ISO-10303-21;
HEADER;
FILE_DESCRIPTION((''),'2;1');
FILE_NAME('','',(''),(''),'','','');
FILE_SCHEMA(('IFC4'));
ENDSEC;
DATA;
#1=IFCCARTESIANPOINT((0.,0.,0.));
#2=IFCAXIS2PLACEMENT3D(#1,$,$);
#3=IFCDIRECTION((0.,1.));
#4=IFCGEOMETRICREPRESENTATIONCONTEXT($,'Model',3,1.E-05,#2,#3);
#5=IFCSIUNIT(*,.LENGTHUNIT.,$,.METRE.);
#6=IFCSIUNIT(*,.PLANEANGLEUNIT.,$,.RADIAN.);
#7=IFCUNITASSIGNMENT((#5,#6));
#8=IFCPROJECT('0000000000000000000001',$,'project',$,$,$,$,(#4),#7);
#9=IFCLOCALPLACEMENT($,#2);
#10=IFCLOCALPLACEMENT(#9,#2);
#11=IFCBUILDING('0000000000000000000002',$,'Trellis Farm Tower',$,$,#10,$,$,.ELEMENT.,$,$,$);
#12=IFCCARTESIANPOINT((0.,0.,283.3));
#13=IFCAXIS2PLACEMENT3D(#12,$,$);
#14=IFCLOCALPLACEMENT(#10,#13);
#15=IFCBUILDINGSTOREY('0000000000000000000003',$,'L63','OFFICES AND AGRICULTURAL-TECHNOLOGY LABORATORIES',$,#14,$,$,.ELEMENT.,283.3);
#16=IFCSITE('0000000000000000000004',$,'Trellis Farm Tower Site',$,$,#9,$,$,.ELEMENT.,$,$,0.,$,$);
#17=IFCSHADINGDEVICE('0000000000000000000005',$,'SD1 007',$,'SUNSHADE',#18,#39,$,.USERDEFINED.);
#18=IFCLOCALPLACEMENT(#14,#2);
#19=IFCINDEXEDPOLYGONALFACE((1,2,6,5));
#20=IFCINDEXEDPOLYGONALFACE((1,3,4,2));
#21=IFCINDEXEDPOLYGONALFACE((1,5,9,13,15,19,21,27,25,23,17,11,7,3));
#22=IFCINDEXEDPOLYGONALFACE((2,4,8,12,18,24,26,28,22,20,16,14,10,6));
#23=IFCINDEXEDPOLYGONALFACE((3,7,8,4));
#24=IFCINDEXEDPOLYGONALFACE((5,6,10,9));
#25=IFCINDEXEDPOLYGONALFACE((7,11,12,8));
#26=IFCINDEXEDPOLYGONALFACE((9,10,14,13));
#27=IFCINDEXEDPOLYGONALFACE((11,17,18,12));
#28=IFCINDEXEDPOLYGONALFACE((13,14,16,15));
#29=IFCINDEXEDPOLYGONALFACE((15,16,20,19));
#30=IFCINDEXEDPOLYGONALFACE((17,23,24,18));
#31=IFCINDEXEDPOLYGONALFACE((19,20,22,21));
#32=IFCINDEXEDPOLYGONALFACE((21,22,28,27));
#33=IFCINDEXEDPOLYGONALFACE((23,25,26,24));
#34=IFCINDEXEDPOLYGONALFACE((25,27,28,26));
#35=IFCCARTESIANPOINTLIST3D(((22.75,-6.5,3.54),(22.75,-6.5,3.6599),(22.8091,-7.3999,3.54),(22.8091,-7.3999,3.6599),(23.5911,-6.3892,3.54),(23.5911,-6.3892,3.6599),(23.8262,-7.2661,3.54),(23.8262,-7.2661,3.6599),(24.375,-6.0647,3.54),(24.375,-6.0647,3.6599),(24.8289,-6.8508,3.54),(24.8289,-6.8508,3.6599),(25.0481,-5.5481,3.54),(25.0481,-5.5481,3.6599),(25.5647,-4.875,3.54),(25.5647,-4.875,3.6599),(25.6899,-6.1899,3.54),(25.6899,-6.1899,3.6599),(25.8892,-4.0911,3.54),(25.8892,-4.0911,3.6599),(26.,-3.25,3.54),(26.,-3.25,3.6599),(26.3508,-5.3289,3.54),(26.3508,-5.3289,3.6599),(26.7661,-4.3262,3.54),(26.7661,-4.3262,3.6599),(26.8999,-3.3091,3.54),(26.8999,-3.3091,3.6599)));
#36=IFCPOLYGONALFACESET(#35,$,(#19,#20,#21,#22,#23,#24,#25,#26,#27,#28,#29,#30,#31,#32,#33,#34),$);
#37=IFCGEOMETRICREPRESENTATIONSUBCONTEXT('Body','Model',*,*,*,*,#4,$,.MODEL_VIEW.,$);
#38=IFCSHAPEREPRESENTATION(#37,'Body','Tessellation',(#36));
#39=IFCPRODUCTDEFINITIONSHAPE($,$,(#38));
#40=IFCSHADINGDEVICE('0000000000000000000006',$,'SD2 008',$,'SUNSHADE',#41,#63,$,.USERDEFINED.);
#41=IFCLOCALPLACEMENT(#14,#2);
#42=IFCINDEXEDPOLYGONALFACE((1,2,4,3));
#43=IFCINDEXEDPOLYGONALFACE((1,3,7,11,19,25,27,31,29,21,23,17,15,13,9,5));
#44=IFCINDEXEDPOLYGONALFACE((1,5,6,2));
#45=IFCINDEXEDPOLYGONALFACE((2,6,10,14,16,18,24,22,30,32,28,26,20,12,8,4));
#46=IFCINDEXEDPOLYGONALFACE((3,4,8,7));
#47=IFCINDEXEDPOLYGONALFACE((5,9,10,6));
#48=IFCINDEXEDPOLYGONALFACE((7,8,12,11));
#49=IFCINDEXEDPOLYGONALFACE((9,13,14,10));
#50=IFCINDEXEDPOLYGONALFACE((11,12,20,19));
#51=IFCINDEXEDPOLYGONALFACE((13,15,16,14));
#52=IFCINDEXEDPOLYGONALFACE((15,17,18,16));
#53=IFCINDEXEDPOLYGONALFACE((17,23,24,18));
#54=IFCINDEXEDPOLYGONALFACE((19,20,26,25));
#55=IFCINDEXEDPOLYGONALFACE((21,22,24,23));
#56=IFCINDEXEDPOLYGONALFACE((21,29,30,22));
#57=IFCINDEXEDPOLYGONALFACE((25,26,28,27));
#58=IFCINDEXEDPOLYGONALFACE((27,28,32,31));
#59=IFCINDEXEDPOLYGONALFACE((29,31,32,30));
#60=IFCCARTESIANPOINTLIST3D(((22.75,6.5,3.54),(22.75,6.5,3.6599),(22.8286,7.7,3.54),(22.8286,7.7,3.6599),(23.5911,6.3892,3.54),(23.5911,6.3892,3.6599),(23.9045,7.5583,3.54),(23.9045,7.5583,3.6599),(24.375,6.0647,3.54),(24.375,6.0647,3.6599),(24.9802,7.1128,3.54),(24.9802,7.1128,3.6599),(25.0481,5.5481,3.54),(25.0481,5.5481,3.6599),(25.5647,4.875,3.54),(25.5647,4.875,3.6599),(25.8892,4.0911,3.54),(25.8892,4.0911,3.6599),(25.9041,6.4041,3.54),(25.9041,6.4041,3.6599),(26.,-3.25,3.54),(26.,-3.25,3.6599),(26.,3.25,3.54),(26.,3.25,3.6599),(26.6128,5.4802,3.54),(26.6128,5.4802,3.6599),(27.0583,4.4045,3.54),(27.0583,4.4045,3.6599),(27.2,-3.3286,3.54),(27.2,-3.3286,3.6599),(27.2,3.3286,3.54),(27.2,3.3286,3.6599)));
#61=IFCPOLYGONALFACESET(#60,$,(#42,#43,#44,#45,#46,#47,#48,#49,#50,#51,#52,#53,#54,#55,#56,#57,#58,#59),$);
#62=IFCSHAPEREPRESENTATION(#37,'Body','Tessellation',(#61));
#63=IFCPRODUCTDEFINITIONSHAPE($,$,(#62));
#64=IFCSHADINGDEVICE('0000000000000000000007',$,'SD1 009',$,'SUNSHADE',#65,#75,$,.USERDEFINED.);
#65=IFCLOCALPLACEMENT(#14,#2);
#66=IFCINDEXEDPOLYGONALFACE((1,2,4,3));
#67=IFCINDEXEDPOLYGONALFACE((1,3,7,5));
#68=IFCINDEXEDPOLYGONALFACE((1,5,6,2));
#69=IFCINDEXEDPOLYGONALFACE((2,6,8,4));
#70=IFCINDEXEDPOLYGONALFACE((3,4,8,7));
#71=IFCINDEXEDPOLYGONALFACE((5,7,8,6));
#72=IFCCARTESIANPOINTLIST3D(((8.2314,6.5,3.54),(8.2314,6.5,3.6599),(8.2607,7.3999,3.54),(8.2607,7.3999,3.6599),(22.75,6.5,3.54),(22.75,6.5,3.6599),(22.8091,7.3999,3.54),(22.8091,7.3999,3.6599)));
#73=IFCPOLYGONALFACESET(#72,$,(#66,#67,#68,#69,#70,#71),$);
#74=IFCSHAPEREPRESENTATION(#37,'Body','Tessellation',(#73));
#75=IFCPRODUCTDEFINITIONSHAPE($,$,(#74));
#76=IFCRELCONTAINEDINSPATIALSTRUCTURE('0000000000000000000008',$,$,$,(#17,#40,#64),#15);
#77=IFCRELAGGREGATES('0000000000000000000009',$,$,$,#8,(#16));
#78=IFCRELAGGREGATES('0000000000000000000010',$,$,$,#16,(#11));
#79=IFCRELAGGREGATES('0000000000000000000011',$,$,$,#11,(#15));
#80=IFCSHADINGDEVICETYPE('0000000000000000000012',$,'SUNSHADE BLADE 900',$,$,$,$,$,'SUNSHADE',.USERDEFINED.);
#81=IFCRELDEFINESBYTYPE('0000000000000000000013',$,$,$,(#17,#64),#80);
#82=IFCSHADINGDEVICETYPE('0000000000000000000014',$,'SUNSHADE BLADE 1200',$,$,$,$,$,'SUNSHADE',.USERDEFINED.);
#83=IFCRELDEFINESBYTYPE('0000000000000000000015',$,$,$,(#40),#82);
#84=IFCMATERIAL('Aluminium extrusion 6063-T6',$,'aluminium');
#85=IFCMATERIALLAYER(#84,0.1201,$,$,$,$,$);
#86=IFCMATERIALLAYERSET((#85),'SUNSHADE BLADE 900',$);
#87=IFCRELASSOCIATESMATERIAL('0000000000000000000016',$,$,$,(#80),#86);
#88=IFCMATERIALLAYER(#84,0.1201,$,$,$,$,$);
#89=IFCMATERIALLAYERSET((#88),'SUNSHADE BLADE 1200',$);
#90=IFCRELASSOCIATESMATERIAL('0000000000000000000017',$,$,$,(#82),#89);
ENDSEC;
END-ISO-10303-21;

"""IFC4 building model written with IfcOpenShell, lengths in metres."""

from ifc_helpers import new_model, si_unit, direction, frame, origin, place, context, subcontext, project, spatial, polyline, outline, extrude, source, transform, mapped, material, layer, layer_set, type_object, element, save


model = new_model("IFC4")

# Units and contexts
model_context = context("Model", 3, precision=1e-05, world=origin(), true_north=direction((0.0, 1.0)))
body_context = subcontext(model_context, "Body", "Model", "MODEL_VIEW")
ifc_project = project(units=[si_unit("LENGTHUNIT", "METRE"), si_unit("PLANEANGLEUNIT", "RADIAN")], contexts=[model_context])

# Site, building, storey
site_placement = place(None, origin())
site = spatial("IfcSite", under=ifc_project, at=site_placement, Name="Trellis Farm Tower Site", CompositionType="ELEMENT", RefElevation=0.0)
building_placement = place(site_placement, origin())
building = spatial("IfcBuilding", under=site, at=building_placement, Name="Trellis Farm Tower", CompositionType="ELEMENT")
storey_placement = place(building_placement, frame((0.0, 0.0, 283.3)))
storey = spatial("IfcBuildingStorey", under=building, at=storey_placement, Name="L63", Description="OFFICES AND AGRICULTURAL-TECHNOLOGY LABORATORIES", CompositionType="ELEMENT", Elevation=283.3)

# Shared definitions
ifc_material_1 = material(Name="Aluminium extrusion 6063-T6", Category="aluminium")

# Shading devices
ifc_layer_1 = layer(ifc_material_1, 0.1201)
ifc_layer_set_1 = layer_set([ifc_layer_1], Name="SUNSHADE BLADE 900")
shading_device_type_1 = type_object("IfcShadingDeviceType", Name="SUNSHADE BLADE 900", ElementType="SUNSHADE", PredefinedType="USERDEFINED", material=ifc_layer_set_1)
placement_1 = place(storey_placement, frame((0.0, 0.0, 3.54)))
ifc_layer_2 = layer(ifc_material_1, 0.1201)
ifc_layer_set_2 = layer_set([ifc_layer_2], Name="SUNSHADE BLADE 1200")
shading_device_type_2 = type_object("IfcShadingDeviceType", Name="SUNSHADE BLADE 1200", ElementType="SUNSHADE", PredefinedType="USERDEFINED", material=ifc_layer_set_2)
shared_shape_1 = source(origin(), body_context, "Body", "SweptSolid", [
    extrude(outline(polyline([(22.8091, -7.3999), (23.8262, -7.2661), (24.8289, -6.8508), (25.6899, -6.1899), (26.3508, -5.3289), (26.7661, -4.3262), (26.8999, -3.3091), (26.0, -3.25), (25.8892, -4.0911), (25.5647, -4.875), (25.0481, -5.5481), (24.375, -6.0647), (23.5911, -6.3892), (22.75, -6.5), (22.8091, -7.3999)])), origin(), (0.0, 0.0, 1.0), 0.1199),
])
element("IfcShadingDevice", 1, at=placement_1, inside=storey, type_object=shading_device_type_1, Name="SD1 007", ObjectType="SUNSHADE", PredefinedType="USERDEFINED", context=body_context, shape_type="MappedRepresentation", body=[
    mapped(shared_shape_1, transform((0.0, 0.0, 0.0))),
])
shared_shape_2 = source(origin(), body_context, "Body", "SweptSolid", [
    extrude(outline(polyline([(27.2, -3.3286), (27.2, 3.3286), (27.0583, 4.4045), (26.6128, 5.4802), (25.9041, 6.4041), (24.9802, 7.1128), (23.9045, 7.5583), (22.8286, 7.7), (22.75, 6.5), (23.5911, 6.3892), (24.375, 6.0647), (25.0481, 5.5481), (25.5647, 4.875), (25.8892, 4.0911), (26.0, 3.25), (26.0, -3.25), (27.2, -3.3286)])), origin(), (0.0, 0.0, 1.0), 0.1199),
])
element("IfcShadingDevice", 2, at=placement_1, inside=storey, type_object=shading_device_type_2, Name="SD2 008", ObjectType="SUNSHADE", PredefinedType="USERDEFINED", context=body_context, shape_type="MappedRepresentation", body=[
    mapped(shared_shape_2, transform((0.0, 0.0, 0.0))),
])
shared_shape_3 = source(origin(), body_context, "Body", "SweptSolid", [
    extrude(outline(polyline([(22.8091, 7.3999), (8.2607, 7.3999), (8.2314, 6.5), (22.75, 6.5), (22.8091, 7.3999)])), origin(), (0.0, 0.0, 1.0), 0.1199),
])
element("IfcShadingDevice", 3, at=placement_1, inside=storey, type_object=shading_device_type_1, Name="SD1 009", ObjectType="SUNSHADE", PredefinedType="USERDEFINED", context=body_context, shape_type="MappedRepresentation", body=[
    mapped(shared_shape_3, transform((0.0, 0.0, 0.0))),
])

save(model, "model.ifc")
